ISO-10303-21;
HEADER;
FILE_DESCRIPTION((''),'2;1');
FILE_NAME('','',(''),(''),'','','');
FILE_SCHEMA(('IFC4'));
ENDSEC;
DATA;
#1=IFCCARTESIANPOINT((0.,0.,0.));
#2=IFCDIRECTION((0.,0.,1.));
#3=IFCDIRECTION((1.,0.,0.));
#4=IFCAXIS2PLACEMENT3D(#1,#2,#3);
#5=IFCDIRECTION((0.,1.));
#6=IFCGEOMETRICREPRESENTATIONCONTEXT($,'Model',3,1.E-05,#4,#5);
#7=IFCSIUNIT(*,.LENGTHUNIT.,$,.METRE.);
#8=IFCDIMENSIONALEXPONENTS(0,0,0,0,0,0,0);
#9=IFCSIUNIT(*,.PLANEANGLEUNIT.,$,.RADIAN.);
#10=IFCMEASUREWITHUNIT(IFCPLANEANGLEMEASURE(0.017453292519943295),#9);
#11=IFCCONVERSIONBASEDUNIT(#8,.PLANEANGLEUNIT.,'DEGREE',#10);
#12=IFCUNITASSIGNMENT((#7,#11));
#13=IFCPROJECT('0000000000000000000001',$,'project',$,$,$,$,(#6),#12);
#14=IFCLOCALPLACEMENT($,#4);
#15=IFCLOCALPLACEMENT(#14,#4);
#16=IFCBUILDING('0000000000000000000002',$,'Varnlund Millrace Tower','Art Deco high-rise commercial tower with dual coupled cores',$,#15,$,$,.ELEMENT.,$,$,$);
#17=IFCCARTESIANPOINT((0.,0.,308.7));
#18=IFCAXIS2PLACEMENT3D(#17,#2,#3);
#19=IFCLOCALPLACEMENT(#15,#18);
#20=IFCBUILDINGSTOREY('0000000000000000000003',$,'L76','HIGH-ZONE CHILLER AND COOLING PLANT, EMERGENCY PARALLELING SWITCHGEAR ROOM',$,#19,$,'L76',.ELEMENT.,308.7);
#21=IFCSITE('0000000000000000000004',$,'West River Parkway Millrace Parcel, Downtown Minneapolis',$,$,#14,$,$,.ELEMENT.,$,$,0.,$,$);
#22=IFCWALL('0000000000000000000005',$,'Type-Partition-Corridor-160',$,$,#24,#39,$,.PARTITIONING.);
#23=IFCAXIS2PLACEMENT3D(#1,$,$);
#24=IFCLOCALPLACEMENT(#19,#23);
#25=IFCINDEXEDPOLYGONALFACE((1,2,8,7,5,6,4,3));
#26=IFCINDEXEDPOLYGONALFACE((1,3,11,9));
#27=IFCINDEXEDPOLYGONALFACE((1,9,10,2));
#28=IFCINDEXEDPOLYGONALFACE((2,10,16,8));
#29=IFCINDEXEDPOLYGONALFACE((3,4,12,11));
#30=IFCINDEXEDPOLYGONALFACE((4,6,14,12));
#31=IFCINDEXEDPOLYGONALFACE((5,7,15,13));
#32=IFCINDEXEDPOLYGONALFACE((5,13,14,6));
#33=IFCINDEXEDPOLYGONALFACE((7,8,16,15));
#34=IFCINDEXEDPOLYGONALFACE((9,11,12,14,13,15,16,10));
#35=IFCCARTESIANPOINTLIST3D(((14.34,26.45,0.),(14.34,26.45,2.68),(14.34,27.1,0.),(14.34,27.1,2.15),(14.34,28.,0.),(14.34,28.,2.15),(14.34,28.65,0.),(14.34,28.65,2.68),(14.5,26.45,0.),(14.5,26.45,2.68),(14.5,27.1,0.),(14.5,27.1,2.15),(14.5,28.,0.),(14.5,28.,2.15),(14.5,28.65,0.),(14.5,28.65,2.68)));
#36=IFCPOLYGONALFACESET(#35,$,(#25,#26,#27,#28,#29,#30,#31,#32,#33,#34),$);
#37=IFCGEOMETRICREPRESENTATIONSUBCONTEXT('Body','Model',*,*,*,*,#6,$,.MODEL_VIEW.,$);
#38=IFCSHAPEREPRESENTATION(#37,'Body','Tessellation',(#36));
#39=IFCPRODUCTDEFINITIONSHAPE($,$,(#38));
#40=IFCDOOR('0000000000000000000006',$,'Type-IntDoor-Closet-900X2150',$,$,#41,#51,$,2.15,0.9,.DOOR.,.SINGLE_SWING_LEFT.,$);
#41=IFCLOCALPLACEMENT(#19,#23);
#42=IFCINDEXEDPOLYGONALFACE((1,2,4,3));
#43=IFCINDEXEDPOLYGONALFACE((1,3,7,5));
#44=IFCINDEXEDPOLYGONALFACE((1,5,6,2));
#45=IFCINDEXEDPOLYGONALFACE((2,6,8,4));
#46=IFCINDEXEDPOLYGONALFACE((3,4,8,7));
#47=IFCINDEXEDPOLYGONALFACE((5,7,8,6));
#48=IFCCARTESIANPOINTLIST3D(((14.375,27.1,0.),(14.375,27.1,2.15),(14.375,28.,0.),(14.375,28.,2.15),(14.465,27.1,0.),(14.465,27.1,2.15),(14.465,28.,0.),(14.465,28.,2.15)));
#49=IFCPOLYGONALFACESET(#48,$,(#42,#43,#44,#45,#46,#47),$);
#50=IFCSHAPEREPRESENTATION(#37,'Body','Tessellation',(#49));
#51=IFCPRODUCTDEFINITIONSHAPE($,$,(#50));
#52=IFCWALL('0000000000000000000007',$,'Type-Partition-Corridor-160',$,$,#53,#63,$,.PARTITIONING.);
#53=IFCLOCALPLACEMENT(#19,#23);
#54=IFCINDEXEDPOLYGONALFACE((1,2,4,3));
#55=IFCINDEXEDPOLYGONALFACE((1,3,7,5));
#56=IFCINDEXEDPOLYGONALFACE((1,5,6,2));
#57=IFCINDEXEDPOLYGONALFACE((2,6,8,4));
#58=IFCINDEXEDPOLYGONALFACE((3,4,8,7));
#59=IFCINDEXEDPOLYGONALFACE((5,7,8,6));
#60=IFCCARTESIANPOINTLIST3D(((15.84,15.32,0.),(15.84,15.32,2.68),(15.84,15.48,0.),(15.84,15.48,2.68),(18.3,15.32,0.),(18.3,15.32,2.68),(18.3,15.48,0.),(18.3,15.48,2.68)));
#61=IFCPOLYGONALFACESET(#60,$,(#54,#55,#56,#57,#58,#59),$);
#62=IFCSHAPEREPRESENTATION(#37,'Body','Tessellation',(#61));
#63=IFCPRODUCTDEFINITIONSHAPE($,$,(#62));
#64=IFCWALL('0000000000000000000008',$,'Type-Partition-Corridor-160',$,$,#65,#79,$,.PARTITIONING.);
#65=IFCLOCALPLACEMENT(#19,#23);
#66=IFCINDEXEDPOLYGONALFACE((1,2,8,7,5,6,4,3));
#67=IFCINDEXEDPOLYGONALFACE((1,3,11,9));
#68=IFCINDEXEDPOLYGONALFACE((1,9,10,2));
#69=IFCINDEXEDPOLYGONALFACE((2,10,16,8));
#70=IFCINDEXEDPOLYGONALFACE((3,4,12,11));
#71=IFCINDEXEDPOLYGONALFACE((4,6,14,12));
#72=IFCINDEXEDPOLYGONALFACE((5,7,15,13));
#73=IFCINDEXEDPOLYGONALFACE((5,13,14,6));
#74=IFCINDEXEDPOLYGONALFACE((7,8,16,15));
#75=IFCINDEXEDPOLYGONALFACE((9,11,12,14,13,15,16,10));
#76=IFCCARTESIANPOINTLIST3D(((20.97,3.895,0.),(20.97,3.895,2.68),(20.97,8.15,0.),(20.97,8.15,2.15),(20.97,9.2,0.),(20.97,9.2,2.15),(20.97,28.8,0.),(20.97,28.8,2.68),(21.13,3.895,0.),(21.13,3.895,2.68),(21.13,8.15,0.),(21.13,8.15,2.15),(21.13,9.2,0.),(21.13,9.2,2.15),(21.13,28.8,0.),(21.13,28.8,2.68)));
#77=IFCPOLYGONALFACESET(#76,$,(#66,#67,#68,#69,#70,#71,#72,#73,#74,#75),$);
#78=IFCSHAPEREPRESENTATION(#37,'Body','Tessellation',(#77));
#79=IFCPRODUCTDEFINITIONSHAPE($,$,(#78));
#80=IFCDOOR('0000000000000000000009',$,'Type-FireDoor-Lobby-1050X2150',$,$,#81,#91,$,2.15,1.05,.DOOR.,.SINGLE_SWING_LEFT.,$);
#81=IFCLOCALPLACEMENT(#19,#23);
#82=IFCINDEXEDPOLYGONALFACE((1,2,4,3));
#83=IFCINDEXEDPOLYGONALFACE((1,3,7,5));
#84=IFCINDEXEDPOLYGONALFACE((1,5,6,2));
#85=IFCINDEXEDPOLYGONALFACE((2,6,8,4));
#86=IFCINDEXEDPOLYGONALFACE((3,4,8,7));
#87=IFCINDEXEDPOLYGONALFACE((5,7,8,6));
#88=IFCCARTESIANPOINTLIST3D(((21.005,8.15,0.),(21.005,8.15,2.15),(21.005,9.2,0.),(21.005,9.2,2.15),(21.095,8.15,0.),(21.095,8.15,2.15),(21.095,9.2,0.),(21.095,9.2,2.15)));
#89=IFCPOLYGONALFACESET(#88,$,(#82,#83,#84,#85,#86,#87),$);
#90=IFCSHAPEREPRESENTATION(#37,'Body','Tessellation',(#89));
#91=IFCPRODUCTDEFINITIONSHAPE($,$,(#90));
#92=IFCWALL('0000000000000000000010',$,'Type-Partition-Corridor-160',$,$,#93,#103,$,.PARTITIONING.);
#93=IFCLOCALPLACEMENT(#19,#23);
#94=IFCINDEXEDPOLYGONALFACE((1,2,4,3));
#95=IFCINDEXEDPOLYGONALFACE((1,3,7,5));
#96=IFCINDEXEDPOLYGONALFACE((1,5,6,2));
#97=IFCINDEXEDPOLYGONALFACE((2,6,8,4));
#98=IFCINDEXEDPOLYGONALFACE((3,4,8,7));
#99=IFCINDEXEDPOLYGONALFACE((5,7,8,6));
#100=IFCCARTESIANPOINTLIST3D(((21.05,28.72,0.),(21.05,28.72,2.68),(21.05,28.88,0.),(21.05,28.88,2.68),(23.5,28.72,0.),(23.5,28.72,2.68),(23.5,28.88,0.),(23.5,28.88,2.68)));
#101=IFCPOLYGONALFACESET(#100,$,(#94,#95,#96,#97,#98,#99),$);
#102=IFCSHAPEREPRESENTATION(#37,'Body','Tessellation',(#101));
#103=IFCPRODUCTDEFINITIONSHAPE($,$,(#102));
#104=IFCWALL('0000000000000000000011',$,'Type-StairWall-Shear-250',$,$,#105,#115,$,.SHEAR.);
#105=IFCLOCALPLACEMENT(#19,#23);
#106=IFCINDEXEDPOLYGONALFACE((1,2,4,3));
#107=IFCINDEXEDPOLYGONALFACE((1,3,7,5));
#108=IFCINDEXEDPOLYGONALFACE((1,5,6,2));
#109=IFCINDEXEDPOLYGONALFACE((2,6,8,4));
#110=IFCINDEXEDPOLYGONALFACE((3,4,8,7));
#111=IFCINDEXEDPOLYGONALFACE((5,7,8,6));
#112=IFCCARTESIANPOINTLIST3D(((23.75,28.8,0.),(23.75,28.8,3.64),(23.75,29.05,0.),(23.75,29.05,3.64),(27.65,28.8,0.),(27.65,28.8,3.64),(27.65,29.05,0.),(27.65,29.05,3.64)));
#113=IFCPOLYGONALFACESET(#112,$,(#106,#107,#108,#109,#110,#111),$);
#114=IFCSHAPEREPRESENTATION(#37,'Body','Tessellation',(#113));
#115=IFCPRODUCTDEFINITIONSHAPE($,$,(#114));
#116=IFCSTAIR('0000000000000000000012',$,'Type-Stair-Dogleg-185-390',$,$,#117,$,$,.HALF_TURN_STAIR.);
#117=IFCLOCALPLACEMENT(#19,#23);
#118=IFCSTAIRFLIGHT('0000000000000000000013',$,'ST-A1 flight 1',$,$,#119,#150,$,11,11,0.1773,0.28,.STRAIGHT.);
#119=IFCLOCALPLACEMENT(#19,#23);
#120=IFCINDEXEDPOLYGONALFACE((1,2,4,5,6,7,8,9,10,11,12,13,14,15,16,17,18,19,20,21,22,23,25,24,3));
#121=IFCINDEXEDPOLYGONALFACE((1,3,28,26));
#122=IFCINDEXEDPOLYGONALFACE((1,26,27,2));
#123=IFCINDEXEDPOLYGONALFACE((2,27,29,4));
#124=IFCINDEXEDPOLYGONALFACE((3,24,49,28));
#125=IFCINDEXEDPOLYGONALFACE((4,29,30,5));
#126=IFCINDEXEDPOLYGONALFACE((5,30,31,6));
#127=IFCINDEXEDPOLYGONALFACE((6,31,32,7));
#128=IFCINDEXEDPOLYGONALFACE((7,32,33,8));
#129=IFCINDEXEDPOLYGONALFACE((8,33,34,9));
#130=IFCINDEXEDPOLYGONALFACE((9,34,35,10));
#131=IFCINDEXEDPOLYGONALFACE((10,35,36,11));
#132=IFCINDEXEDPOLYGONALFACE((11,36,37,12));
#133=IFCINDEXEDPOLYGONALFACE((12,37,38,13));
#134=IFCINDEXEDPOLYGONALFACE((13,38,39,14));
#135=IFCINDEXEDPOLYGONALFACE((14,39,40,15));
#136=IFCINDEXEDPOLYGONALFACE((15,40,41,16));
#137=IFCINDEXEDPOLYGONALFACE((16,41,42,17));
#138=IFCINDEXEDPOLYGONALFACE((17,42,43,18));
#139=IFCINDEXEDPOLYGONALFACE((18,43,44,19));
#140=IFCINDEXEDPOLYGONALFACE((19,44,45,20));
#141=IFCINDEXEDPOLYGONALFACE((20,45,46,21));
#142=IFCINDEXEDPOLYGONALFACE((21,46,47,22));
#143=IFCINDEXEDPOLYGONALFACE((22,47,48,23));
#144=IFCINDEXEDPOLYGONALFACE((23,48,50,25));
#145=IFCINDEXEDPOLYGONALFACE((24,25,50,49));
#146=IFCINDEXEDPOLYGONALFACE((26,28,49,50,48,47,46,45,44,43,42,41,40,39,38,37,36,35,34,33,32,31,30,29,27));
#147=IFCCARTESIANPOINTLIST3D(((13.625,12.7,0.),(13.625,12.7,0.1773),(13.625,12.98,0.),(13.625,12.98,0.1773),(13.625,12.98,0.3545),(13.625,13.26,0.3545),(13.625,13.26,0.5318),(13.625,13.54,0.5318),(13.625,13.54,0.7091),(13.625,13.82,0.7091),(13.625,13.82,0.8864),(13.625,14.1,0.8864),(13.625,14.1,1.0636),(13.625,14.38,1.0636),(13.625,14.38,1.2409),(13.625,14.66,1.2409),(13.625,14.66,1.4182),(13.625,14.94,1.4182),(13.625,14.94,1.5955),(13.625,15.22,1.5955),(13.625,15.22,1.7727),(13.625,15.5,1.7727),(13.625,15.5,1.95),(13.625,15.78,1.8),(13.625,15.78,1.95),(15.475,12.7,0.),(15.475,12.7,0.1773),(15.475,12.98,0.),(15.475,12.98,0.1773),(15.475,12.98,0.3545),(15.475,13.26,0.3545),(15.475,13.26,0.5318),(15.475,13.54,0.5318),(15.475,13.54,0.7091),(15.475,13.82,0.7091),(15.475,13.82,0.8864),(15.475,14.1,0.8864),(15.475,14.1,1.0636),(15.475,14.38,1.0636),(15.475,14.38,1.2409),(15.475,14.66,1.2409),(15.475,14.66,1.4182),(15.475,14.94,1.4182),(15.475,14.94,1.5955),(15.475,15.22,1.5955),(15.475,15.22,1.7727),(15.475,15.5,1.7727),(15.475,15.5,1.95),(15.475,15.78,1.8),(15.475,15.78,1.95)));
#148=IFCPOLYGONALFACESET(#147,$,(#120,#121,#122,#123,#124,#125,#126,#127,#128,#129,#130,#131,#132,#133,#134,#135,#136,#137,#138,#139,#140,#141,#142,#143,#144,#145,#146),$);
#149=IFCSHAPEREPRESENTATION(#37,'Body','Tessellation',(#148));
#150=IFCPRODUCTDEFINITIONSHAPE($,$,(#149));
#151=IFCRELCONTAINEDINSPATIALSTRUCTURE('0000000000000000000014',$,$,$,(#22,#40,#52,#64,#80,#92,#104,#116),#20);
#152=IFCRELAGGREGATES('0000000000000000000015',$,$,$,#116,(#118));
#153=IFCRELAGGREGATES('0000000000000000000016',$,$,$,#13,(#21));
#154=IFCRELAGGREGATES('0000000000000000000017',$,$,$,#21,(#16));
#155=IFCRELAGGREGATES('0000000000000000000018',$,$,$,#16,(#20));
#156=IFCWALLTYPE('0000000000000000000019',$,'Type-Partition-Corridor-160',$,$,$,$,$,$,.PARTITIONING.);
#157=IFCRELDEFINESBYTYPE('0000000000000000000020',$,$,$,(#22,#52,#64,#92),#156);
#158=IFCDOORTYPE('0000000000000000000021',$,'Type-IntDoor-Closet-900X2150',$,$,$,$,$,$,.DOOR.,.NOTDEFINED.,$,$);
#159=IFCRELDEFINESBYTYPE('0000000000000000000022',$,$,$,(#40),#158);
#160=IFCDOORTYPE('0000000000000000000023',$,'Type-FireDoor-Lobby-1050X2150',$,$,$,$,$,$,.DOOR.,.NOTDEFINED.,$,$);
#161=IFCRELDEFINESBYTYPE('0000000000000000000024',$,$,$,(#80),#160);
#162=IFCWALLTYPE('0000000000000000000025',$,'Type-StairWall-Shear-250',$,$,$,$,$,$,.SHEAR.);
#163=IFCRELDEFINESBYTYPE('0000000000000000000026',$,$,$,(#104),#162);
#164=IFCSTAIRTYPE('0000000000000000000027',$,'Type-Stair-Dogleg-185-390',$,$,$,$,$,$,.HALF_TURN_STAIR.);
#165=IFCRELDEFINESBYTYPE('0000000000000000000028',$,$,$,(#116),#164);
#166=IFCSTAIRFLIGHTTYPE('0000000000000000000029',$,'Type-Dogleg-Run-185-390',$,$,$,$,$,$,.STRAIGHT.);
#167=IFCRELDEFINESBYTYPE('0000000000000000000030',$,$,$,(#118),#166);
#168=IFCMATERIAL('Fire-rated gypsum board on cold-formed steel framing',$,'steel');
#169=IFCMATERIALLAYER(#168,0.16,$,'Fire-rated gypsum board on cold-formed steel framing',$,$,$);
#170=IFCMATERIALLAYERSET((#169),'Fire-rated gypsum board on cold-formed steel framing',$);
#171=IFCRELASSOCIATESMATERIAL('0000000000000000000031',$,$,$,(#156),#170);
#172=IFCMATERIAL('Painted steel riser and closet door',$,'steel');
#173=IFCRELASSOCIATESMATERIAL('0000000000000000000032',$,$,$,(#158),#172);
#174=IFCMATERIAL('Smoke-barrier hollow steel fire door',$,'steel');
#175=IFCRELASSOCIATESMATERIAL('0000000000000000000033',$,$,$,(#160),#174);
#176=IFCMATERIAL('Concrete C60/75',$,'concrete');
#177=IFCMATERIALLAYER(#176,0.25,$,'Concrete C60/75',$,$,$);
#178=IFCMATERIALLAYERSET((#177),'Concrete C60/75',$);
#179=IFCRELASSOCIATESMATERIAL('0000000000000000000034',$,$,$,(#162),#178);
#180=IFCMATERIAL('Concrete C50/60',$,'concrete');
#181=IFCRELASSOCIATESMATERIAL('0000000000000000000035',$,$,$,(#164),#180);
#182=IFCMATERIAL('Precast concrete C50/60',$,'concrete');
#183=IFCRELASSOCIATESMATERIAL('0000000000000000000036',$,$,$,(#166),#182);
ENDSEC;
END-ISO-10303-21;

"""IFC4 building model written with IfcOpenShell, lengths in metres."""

from ifc_helpers import new_model, entity, si_unit, converted_unit, direction, frame, origin_with_axes, origin_2d_with_axis, place, context, subcontext, project, spatial, polyline, rectangle, outline, extrude, material, layer, layer_set, type_object, element, fill, aggregate, save


model = new_model("IFC4")

# Units and contexts
model_context = context("Model", 3, precision=1e-05, world=origin_with_axes(), true_north=direction((0.0, 1.0)))
body_context = subcontext(model_context, "Body", "Model", "MODEL_VIEW")
ifc_project = project(units=[si_unit("LENGTHUNIT", "METRE"), converted_unit("PLANEANGLEUNIT", "DEGREE", entity("IfcPlaneAngleMeasure", 0.017453292519943295), si_unit("PLANEANGLEUNIT", "RADIAN"), dimensions=[0, 0, 0, 0, 0, 0, 0])], contexts=[model_context])

# Site, building, storey
site_placement = place(None, origin_with_axes())
site = spatial("IfcSite", under=ifc_project, at=site_placement, Name="West River Parkway Millrace Parcel, Downtown Minneapolis", CompositionType="ELEMENT", RefElevation=0.0)
building_placement = place(site_placement, origin_with_axes())
building = spatial("IfcBuilding", under=site, at=building_placement, Name="Varnlund Millrace Tower", Description="Art Deco high-rise commercial tower with dual coupled cores", CompositionType="ELEMENT")
storey_placement = place(building_placement, frame((0.0, 0.0, 308.7), z_axis=(0.0, 0.0, 1.0), x_axis=(1.0, 0.0, 0.0)))
storey = spatial("IfcBuildingStorey", under=building, at=storey_placement, Name="L76", Description="HIGH-ZONE CHILLER AND COOLING PLANT, EMERGENCY PARALLELING SWITCHGEAR ROOM", LongName="L76", CompositionType="ELEMENT", Elevation=308.7)

# Shared definitions
ifc_material_1 = material(Name="Precast concrete C50/60", Category="concrete")

# Wall, opening, door
ifc_material_2 = material(Name="Fire-rated gypsum board on cold-formed steel framing", Category="steel")
ifc_layer_1 = layer(ifc_material_2, 0.16, Name="Fire-rated gypsum board on cold-formed steel framing")
ifc_layer_set_1 = layer_set([ifc_layer_1], Name="Fire-rated gypsum board on cold-formed steel framing")
wall_type_1 = type_object("IfcWallType", Name="Type-Partition-Corridor-160", PredefinedType="PARTITIONING", material=ifc_layer_set_1)
ifc_material_3 = material(Name="Painted steel riser and closet door", Category="steel")
door_type_1 = type_object("IfcDoorType", Name="Type-IntDoor-Closet-900X2150", OperationType="NOTDEFINED", PredefinedType="DOOR", material=ifc_material_3)
wall_1_placement = place(storey_placement, frame((14.42, 26.45, 0.0), z_axis=(0.0, 0.0, 1.0), x_axis=(0.0, 1.0, 0.0)))
wall_1 = element("IfcWall", 1, at=wall_1_placement, inside=storey, type_object=wall_type_1, Name="Type-Partition-Corridor-160", PredefinedType="PARTITIONING", context=body_context, shape_type="SweptSolid", body=[
    extrude(outline(polyline([(0.0, -0.08), (2.2, -0.08), (2.2, 0.08), (0.0, 0.08), (0.0, -0.08)])), origin_with_axes(), (0.0, 0.0, 1.0), 2.68),
])
opening_1_placement = place(wall_1_placement, frame((1.1, 0.0, 0.0), z_axis=(0.0, 0.0, 1.0), x_axis=(1.0, 0.0, 0.0)))
opening_1 = element("IfcOpeningElement", 2, at=opening_1_placement, cuts=wall_1, PredefinedType="OPENING", context=body_context, shape_type="SweptSolid", body=[
    extrude(rectangle(XDim=0.9, YDim=0.18, at=origin_2d_with_axis()), origin_with_axes(), (0.0, 0.0, 1.0), 2.15),
])
door_1_placement = place(wall_1_placement, frame((1.1, 0.0, 0.0), z_axis=(0.0, 0.0, 1.0), x_axis=(1.0, 0.0, 0.0)))
door_1 = element("IfcDoor", 3, at=door_1_placement, inside=storey, type_object=door_type_1, Name="Type-IntDoor-Closet-900X2150", OperationType="SINGLE_SWING_LEFT", OverallHeight=2.15, OverallWidth=0.9, PredefinedType="DOOR", context=body_context, shape_type="SweptSolid", body=[
    extrude(rectangle(XDim=0.9, YDim=0.09, at=origin_2d_with_axis()), origin_with_axes(), (0.0, 0.0, 1.0), 2.15),
])
fill(opening_1, door_1)

# Wall
wall_2_placement = place(storey_placement, frame((15.84, 15.4, 0.0), z_axis=(0.0, 0.0, 1.0), x_axis=(1.0, 0.0, 0.0)))
element("IfcWall", 4, at=wall_2_placement, inside=storey, type_object=wall_type_1, Name="Type-Partition-Corridor-160", PredefinedType="PARTITIONING", context=body_context, shape_type="SweptSolid", body=[
    extrude(outline(polyline([(0.0, -0.08), (2.46, -0.08), (2.46, 0.08), (0.0, 0.08), (0.0, -0.08)])), origin_with_axes(), (0.0, 0.0, 1.0), 2.68),
])

# Wall, opening, door
wall_3_placement = place(storey_placement, frame((21.05, 3.895, 0.0), z_axis=(0.0, 0.0, 1.0), x_axis=(0.0, 1.0, 0.0)))
wall_3 = element("IfcWall", 5, at=wall_3_placement, inside=storey, type_object=wall_type_1, Name="Type-Partition-Corridor-160", PredefinedType="PARTITIONING", context=body_context, shape_type="SweptSolid", body=[
    extrude(outline(polyline([(0.0, -0.08), (24.905, -0.08), (24.905, 0.08), (0.0, 0.08), (0.0, -0.08)])), origin_with_axes(), (0.0, 0.0, 1.0), 2.68),
])
opening_2_placement = place(wall_3_placement, frame((4.78, 0.0, 0.0), z_axis=(0.0, 0.0, 1.0), x_axis=(1.0, 0.0, 0.0)))
opening_2 = element("IfcOpeningElement", 6, at=opening_2_placement, cuts=wall_3, PredefinedType="OPENING", context=body_context, shape_type="SweptSolid", body=[
    extrude(rectangle(XDim=1.05, YDim=0.18, at=origin_2d_with_axis()), origin_with_axes(), (0.0, 0.0, 1.0), 2.15),
])
ifc_material_4 = material(Name="Smoke-barrier hollow steel fire door", Category="steel")
door_type_2 = type_object("IfcDoorType", Name="Type-FireDoor-Lobby-1050X2150", OperationType="NOTDEFINED", PredefinedType="DOOR", material=ifc_material_4)
door_2_placement = place(wall_3_placement, frame((4.78, 0.0, 0.0), z_axis=(0.0, 0.0, 1.0), x_axis=(1.0, 0.0, 0.0)))
door_2 = element("IfcDoor", 7, at=door_2_placement, inside=storey, type_object=door_type_2, Name="Type-FireDoor-Lobby-1050X2150", OperationType="SINGLE_SWING_LEFT", OverallHeight=2.15, OverallWidth=1.05, PredefinedType="DOOR", context=body_context, shape_type="SweptSolid", body=[
    extrude(rectangle(XDim=1.05, YDim=0.09, at=origin_2d_with_axis()), origin_with_axes(), (0.0, 0.0, 1.0), 2.15),
])
fill(opening_2, door_2)

# Walls
wall_4_placement = place(storey_placement, frame((21.05, 28.8, 0.0), z_axis=(0.0, 0.0, 1.0), x_axis=(1.0, 0.0, 0.0)))
element("IfcWall", 8, at=wall_4_placement, inside=storey, type_object=wall_type_1, Name="Type-Partition-Corridor-160", PredefinedType="PARTITIONING", context=body_context, shape_type="SweptSolid", body=[
    extrude(outline(polyline([(0.0, -0.08), (2.45, -0.08), (2.45, 0.08), (0.0, 0.08), (0.0, -0.08)])), origin_with_axes(), (0.0, 0.0, 1.0), 2.68),
])
ifc_material_5 = material(Name="Concrete C60/75", Category="concrete")
ifc_layer_2 = layer(ifc_material_5, 0.25, Name="Concrete C60/75")
ifc_layer_set_2 = layer_set([ifc_layer_2], Name="Concrete C60/75")
wall_type_2 = type_object("IfcWallType", Name="Type-StairWall-Shear-250", PredefinedType="SHEAR", material=ifc_layer_set_2)
wall_5_placement = place(storey_placement, frame((23.75, 28.925, 0.0), z_axis=(0.0, 0.0, 1.0), x_axis=(1.0, 0.0, 0.0)))
element("IfcWall", 9, at=wall_5_placement, inside=storey, type_object=wall_type_2, Name="Type-StairWall-Shear-250", PredefinedType="SHEAR", context=body_context, shape_type="SweptSolid", body=[
    extrude(outline(polyline([(0.0, -0.125), (3.9, -0.125), (3.9, 0.125), (0.0, 0.125), (0.0, -0.125)])), origin_with_axes(), (0.0, 0.0, 1.0), 3.64),
])

# Stair, stair flight
ifc_material_6 = material(Name="Concrete C50/60", Category="concrete")
stair_type = type_object("IfcStairType", Name="Type-Stair-Dogleg-185-390", PredefinedType="HALF_TURN_STAIR", material=ifc_material_6)
stair_1_placement = place(storey_placement, origin_with_axes())
stair_1 = element("IfcStair", 10, at=stair_1_placement, inside=storey, type_object=stair_type, Name="Type-Stair-Dogleg-185-390", PredefinedType="HALF_TURN_STAIR")
stair_flight_type = type_object("IfcStairFlightType", Name="Type-Dogleg-Run-185-390", PredefinedType="STRAIGHT", material=ifc_material_1)
stair_flight_1_placement = place(storey_placement, frame((13.625, 12.7, 0.0), z_axis=(1.0, 0.0, 0.0), x_axis=(0.0, 1.0, 0.0)))
stair_flight_1 = element("IfcStairFlight", 11, at=stair_flight_1_placement, type_object=stair_flight_type, Name="ST-A1 flight 1", NumberOfRisers=11, NumberOfTreads=11, PredefinedType="STRAIGHT", RiserHeight=0.1773, TreadLength=0.28, context=body_context, shape_type="SweptSolid", body=[
    extrude(outline(polyline([(0.0, 0.0), (0.0, 0.1773), (0.28, 0.1773), (0.28, 0.3545), (0.56, 0.3545), (0.56, 0.5318), (0.84, 0.5318), (0.84, 0.7091), (1.12, 0.7091), (1.12, 0.8864), (1.4, 0.8864), (1.4, 1.0636), (1.68, 1.0636), (1.68, 1.2409), (1.96, 1.2409), (1.96, 1.4182), (2.24, 1.4182), (2.24, 1.5955), (2.52, 1.5955), (2.52, 1.7727), (2.8, 1.7727), (2.8, 1.95), (3.08, 1.95), (3.08, 1.8), (0.28, 0.0), (0.0, 0.0)])), origin_with_axes(), (0.0, 0.0, 1.0), 1.85),
])
aggregate(stair_1, [stair_flight_1])

save(model, "model.ifc")
